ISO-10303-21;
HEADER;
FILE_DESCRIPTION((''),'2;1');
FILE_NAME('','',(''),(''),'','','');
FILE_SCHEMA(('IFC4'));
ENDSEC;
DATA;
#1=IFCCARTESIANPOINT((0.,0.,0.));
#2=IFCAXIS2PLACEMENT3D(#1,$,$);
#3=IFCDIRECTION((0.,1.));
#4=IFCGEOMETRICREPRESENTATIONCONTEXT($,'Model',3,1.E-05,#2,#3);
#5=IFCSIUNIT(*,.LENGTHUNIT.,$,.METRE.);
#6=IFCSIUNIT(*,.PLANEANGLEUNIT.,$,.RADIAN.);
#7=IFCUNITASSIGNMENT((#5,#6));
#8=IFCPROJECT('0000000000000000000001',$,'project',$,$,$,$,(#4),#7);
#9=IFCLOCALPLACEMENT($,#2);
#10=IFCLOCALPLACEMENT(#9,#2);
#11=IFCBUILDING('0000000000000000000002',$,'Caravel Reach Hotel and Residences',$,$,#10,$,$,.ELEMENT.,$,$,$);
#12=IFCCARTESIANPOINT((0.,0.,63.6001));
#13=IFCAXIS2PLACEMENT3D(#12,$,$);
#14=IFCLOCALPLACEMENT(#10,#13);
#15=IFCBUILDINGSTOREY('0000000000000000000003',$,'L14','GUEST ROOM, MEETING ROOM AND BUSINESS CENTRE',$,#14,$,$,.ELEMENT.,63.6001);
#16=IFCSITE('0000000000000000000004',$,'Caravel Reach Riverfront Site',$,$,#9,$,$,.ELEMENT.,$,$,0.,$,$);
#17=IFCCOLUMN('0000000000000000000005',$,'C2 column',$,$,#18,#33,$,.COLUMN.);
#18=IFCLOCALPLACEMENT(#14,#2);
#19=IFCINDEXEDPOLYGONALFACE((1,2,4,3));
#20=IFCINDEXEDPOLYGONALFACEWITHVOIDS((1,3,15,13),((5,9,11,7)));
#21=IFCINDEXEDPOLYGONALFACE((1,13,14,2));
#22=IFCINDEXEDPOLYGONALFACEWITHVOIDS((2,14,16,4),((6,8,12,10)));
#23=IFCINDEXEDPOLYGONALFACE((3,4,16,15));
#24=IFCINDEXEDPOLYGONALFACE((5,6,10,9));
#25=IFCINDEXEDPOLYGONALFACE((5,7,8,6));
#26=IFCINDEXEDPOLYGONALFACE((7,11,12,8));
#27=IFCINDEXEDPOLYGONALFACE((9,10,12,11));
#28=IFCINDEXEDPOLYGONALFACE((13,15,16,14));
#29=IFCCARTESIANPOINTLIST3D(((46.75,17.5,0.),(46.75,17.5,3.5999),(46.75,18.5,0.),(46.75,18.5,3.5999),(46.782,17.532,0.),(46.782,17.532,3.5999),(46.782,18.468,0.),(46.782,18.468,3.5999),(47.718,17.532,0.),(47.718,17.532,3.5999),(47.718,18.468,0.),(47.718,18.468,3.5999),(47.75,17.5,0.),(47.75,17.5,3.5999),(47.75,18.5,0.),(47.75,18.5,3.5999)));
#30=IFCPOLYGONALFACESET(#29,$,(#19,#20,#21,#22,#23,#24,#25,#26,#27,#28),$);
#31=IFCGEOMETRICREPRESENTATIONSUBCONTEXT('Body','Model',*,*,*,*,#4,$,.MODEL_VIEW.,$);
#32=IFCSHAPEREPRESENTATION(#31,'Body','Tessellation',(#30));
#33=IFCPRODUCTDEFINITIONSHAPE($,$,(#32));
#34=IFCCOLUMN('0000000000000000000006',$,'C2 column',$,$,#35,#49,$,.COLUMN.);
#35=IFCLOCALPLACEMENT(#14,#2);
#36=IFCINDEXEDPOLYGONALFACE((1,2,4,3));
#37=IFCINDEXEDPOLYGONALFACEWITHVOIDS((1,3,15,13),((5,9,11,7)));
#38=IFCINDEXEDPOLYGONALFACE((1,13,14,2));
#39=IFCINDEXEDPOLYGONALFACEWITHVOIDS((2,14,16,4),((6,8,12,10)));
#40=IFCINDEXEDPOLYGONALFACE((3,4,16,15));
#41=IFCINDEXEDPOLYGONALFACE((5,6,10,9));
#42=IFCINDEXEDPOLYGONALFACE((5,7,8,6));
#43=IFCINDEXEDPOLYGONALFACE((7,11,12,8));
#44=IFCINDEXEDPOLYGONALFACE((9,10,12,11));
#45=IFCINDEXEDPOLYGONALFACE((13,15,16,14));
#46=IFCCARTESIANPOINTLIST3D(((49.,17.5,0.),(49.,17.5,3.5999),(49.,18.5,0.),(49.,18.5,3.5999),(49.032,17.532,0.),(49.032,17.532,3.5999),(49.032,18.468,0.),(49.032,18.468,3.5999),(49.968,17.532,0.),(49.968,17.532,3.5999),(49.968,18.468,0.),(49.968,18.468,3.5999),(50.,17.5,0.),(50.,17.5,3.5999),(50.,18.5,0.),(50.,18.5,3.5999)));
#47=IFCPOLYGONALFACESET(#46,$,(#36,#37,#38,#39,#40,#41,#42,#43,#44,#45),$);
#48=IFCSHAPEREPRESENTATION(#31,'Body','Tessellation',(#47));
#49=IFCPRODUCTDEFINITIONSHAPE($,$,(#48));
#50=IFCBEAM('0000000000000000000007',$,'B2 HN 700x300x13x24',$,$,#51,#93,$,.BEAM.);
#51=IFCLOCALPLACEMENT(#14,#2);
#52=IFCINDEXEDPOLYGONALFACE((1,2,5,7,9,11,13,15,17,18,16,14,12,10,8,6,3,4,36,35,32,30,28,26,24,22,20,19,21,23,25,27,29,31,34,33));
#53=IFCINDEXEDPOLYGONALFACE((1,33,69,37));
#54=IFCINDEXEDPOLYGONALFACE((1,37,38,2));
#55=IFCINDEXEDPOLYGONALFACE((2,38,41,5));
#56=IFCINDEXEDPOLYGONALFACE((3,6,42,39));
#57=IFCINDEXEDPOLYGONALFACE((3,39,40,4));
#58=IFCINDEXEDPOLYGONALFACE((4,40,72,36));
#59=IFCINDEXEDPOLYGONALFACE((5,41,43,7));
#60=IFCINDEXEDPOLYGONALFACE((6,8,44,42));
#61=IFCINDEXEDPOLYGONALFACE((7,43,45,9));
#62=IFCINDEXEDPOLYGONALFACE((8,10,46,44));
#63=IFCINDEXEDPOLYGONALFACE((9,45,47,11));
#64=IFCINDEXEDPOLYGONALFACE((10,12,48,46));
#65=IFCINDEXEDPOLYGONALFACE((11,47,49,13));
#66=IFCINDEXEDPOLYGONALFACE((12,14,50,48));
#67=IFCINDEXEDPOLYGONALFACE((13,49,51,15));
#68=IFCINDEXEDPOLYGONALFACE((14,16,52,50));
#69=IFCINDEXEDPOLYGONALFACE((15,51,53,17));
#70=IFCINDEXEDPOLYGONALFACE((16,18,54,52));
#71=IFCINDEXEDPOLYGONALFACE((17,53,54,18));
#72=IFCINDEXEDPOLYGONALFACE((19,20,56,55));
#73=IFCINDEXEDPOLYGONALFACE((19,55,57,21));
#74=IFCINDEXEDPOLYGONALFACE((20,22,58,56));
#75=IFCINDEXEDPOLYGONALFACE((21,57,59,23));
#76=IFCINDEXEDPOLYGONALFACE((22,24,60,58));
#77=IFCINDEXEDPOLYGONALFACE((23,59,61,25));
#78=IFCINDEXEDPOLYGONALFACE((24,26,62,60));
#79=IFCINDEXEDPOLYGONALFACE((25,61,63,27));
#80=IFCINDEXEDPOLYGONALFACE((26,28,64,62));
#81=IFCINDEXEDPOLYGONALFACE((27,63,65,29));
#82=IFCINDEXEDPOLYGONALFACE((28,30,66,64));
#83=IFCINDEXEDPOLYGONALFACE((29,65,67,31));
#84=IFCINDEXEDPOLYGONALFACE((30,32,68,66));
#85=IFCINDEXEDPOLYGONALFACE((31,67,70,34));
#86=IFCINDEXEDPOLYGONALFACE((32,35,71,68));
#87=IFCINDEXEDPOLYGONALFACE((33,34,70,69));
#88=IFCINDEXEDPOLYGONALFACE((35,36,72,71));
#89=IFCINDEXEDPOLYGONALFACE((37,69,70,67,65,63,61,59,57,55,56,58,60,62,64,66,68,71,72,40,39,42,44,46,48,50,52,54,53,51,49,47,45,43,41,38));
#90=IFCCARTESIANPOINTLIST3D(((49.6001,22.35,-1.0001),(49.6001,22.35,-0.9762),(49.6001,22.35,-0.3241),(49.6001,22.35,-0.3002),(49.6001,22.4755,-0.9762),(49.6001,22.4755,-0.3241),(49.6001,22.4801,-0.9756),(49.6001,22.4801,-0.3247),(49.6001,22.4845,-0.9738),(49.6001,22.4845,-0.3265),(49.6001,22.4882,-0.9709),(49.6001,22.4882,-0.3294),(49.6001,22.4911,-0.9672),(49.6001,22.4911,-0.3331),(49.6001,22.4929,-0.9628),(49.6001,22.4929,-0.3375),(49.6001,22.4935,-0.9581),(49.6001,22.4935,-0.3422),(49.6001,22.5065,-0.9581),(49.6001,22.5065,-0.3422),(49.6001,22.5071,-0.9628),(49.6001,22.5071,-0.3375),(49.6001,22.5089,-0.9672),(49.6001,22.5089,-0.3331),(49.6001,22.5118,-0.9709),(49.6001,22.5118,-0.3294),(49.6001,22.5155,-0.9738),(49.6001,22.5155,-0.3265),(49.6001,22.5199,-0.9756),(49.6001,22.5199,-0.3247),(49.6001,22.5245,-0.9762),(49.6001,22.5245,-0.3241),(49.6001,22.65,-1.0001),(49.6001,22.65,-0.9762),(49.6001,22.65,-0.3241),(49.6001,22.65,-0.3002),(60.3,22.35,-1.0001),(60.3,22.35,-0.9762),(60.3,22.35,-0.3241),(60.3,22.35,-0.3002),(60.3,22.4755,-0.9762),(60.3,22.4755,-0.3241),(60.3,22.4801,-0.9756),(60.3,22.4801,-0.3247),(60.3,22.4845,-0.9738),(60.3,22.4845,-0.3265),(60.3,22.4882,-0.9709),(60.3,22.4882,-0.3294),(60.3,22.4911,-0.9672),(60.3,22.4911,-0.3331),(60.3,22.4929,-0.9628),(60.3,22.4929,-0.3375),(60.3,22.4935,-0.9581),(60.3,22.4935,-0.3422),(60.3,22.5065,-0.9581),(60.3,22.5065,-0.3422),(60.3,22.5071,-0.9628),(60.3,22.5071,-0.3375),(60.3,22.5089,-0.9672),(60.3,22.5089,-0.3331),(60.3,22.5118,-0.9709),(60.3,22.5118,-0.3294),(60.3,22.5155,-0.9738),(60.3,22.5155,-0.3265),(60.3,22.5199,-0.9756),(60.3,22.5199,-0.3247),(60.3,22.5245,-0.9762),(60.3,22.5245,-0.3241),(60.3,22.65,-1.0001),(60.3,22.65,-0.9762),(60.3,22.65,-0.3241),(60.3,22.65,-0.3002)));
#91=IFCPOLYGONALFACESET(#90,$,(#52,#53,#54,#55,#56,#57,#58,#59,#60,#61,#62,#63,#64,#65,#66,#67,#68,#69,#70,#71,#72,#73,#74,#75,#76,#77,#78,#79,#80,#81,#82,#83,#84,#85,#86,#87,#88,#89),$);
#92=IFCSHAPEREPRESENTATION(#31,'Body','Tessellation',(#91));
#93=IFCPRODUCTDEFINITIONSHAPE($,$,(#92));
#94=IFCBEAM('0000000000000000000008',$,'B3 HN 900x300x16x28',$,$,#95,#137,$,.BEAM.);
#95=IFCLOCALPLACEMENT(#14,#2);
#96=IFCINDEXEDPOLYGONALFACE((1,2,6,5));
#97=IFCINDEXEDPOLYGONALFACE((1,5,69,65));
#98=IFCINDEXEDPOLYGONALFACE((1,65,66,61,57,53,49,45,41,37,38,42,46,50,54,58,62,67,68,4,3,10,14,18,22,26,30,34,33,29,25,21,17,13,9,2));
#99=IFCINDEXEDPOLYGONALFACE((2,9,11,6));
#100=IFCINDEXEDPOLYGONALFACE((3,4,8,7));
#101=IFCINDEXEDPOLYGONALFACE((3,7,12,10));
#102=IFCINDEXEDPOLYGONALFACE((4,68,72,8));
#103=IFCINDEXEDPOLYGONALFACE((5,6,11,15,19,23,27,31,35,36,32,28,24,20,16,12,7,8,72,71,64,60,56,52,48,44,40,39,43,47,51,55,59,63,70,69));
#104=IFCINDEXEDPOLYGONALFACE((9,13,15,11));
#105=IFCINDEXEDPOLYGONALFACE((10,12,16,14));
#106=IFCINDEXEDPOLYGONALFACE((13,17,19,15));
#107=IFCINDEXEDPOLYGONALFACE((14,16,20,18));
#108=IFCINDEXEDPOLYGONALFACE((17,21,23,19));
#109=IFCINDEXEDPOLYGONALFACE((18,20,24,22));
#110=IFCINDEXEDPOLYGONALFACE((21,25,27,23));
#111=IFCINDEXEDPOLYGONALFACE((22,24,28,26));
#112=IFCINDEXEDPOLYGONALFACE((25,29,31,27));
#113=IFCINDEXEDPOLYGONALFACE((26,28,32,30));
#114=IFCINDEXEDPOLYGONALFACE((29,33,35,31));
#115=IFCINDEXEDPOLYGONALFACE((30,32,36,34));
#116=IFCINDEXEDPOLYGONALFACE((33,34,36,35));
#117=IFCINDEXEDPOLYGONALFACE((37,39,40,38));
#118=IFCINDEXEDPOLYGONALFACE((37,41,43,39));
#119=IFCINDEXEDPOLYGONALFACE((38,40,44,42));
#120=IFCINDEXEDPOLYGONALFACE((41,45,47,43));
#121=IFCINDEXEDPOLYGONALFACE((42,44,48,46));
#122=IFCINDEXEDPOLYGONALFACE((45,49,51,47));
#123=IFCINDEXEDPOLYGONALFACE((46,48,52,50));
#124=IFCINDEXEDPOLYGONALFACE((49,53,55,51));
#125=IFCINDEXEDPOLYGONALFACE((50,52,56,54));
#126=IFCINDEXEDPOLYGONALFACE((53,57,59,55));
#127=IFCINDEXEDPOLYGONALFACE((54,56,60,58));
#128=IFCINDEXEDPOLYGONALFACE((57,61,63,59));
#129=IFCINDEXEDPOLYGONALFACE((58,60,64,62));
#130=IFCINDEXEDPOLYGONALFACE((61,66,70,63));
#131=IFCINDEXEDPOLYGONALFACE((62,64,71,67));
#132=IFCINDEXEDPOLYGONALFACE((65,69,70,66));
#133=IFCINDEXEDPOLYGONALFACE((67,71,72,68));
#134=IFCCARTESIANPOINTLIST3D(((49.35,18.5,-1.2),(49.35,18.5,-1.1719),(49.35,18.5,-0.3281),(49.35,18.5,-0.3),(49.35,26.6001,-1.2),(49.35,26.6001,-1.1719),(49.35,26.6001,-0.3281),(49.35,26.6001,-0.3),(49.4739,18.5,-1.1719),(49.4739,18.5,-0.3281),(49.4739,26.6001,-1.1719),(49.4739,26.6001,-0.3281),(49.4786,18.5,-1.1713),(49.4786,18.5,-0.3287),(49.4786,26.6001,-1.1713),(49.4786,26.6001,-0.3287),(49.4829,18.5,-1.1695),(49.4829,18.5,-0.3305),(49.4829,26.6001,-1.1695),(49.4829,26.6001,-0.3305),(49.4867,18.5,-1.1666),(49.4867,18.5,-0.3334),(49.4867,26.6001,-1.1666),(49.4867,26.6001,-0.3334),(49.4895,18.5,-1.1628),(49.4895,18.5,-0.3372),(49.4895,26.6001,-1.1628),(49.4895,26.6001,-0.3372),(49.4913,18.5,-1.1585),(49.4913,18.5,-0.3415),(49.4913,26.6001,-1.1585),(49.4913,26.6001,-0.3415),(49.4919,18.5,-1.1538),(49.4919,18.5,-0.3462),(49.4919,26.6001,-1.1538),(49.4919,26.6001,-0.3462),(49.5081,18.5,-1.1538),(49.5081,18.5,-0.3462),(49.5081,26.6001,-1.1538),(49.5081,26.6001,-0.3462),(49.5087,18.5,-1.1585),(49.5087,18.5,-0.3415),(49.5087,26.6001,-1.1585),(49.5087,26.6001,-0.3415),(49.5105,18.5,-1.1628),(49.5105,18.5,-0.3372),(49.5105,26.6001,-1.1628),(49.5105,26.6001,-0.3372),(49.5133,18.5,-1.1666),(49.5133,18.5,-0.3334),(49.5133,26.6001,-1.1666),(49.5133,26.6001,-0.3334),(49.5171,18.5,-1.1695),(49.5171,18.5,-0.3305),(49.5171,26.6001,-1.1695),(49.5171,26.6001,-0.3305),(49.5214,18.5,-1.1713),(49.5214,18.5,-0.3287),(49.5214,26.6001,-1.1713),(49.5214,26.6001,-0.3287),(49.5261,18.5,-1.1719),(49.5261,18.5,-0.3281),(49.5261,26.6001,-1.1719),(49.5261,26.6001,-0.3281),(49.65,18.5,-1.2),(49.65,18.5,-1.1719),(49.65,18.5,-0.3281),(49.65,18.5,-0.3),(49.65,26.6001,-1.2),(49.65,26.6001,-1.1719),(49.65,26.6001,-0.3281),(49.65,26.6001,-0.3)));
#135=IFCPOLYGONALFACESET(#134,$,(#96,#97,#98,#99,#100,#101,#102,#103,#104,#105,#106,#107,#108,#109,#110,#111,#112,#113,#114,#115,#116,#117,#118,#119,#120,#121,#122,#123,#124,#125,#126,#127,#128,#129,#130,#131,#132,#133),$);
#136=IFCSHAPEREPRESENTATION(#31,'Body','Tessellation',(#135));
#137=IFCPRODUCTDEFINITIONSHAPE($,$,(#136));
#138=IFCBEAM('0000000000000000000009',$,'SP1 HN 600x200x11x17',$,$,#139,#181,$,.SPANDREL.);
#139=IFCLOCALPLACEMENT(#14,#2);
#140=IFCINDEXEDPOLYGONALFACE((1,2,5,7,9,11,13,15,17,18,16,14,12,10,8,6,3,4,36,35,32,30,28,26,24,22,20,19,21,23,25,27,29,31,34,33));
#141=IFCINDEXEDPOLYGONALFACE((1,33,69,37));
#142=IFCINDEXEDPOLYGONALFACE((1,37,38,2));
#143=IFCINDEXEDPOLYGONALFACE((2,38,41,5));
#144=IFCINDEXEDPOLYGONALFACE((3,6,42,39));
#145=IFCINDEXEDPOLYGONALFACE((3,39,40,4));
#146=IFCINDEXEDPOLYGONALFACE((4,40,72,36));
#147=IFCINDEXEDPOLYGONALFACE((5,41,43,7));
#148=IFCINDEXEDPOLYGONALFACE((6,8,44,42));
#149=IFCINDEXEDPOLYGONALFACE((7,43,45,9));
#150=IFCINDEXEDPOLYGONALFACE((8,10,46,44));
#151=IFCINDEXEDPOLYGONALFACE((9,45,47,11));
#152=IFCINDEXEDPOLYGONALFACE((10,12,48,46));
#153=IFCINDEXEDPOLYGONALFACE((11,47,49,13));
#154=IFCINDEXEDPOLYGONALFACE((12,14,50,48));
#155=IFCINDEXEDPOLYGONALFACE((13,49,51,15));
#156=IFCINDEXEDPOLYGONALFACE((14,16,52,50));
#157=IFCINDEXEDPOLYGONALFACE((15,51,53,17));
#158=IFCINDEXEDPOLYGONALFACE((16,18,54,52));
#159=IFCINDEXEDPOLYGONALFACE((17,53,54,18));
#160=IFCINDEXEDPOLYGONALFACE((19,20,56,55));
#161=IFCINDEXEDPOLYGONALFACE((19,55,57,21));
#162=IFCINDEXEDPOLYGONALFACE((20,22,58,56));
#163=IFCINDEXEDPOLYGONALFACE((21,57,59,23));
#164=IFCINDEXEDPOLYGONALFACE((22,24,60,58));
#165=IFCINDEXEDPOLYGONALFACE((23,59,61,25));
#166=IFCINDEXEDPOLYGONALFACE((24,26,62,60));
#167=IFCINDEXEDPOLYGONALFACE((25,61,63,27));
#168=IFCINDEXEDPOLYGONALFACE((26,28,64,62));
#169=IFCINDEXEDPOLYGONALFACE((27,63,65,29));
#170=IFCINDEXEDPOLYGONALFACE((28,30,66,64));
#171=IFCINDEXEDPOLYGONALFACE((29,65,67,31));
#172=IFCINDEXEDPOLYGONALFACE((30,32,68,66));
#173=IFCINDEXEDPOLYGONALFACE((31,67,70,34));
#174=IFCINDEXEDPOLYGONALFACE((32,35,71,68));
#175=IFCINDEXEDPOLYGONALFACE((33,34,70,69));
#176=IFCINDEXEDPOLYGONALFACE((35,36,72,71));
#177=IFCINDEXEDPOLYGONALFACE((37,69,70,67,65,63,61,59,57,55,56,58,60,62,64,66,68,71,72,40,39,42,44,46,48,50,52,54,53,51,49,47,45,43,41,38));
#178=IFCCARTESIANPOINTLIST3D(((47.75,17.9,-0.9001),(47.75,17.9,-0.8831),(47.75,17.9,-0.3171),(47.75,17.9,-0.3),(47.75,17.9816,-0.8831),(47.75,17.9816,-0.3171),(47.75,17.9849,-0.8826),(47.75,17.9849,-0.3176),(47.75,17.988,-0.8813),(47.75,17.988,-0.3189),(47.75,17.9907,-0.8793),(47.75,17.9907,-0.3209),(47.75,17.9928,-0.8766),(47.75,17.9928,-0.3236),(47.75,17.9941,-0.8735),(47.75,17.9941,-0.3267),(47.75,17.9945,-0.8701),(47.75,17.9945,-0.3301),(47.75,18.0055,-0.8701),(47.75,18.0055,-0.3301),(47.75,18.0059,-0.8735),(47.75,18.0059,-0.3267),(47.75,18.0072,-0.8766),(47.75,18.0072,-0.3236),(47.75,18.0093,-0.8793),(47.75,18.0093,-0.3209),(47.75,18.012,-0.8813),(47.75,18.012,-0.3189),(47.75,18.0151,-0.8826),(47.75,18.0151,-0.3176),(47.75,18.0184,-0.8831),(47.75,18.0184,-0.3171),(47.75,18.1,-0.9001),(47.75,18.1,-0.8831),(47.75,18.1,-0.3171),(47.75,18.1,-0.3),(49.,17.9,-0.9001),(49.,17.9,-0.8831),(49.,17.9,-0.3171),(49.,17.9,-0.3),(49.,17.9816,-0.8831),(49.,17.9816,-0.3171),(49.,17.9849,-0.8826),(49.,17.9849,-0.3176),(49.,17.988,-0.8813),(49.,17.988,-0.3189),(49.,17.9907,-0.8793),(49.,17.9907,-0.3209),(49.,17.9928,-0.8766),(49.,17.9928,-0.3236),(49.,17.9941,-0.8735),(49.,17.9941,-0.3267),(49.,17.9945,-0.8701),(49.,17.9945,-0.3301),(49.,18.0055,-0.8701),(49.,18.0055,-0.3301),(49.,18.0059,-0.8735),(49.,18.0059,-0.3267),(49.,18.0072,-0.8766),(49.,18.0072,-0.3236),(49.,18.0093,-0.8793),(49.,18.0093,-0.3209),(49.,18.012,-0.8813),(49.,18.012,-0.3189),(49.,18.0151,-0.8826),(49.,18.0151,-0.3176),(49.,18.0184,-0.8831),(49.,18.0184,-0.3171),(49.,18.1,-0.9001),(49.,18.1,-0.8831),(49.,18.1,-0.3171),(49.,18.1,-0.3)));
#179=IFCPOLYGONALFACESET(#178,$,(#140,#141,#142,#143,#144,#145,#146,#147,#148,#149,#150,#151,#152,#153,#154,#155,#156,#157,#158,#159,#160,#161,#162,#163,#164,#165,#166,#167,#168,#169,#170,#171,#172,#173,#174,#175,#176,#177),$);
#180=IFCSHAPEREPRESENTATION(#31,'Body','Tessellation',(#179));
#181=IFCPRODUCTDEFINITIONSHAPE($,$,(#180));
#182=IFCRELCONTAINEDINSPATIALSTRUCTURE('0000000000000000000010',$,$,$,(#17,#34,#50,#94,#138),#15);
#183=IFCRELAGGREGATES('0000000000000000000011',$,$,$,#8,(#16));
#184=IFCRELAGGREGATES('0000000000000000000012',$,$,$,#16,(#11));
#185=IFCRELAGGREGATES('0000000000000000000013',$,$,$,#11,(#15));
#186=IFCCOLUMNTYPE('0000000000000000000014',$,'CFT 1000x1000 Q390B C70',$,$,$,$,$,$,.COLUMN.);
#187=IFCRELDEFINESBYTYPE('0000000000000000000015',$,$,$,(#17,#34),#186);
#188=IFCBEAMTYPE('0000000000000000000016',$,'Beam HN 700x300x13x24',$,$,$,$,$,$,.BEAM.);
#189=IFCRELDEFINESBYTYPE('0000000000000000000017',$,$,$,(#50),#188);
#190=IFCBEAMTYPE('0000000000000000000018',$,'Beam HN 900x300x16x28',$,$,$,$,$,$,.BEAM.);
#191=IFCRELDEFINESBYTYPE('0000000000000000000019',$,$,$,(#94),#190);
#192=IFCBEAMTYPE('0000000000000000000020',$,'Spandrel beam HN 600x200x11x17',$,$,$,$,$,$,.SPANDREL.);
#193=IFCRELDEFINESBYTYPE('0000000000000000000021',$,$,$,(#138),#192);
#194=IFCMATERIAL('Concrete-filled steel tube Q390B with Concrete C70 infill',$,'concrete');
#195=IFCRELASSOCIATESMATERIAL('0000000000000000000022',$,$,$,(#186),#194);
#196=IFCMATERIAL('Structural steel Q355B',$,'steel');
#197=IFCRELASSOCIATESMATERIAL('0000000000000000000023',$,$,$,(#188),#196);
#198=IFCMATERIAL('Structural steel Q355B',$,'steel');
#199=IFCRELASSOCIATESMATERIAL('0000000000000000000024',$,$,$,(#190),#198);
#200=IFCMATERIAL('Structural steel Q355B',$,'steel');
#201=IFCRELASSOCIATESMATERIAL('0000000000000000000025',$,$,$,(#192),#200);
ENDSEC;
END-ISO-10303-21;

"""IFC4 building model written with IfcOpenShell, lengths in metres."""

from ifc_helpers import new_model, si_unit, direction, frame, origin, origin_2d, place, context, subcontext, project, spatial, hollow_rectangle, i_section, extrude, material, material_profile, profile_set, type_object, element, save


model = new_model("IFC4")

# Units and contexts
model_context = context("Model", 3, precision=1e-05, world=origin(), true_north=direction((0.0, 1.0)))
body_context = subcontext(model_context, "Body", "Model", "MODEL_VIEW")
ifc_project = project(units=[si_unit("LENGTHUNIT", "METRE"), si_unit("PLANEANGLEUNIT", "RADIAN")], contexts=[model_context])

# Site, building, storey
site_placement = place(None, origin())
site = spatial("IfcSite", under=ifc_project, at=site_placement, Name="Caravel Reach Riverfront Site", CompositionType="ELEMENT", RefElevation=0.0)
building_placement = place(site_placement, origin())
building = spatial("IfcBuilding", under=site, at=building_placement, Name="Caravel Reach Hotel and Residences", CompositionType="ELEMENT")
storey_placement = place(building_placement, frame((0.0, 0.0, 63.6001)))
storey = spatial("IfcBuildingStorey", under=building, at=storey_placement, Name="L14", Description="GUEST ROOM, MEETING ROOM AND BUSINESS CENTRE", CompositionType="ELEMENT", Elevation=63.6001)

# Columns
ifc_material_1 = material(Name="Concrete-filled steel tube Q390B with Concrete C70 infill", Category="concrete")
ifc_material_profile_1 = material_profile(ifc_material_1, hollow_rectangle(XDim=1.0, YDim=1.0, WallThickness=0.032, at=origin_2d()), Name="RHS 1000x1000x32")
ifc_profile_set_1 = profile_set([ifc_material_profile_1], Name="Concrete-filled steel tube Q390B with Concrete C70 infill")
column_type = type_object("IfcColumnType", Name="CFT 1000x1000 Q390B C70", PredefinedType="COLUMN", material=ifc_profile_set_1)
for number, where, z_axis, x_axis, name in (
    (1, (47.25, 18.0, 0.0), (0.0, 0.0, 1.0), (1.0, 0.0, 0.0), "C2 column"),
    (2, (49.5, 18.0, 0.0), (0.0, 0.0, 1.0), (1.0, 0.0, 0.0), "C2 column"),
):
    element("IfcColumn", number, at=place(storey_placement, frame(where, z_axis=z_axis, x_axis=x_axis)), inside=storey, type_object=column_type, Name=name, PredefinedType="COLUMN", context=body_context, shape_type="SweptSolid", body=[
        extrude(hollow_rectangle(XDim=1.0, YDim=1.0, WallThickness=0.032, at=origin_2d()), origin(), (0.0, 0.0, 1.0), 3.5999),
    ])

# Beams
ifc_material_2 = material(Name="Structural steel Q355B", Category="steel")
ifc_material_profile_2 = material_profile(ifc_material_2, i_section(OverallWidth=0.3, OverallDepth=0.7, WebThickness=0.0129, FlangeThickness=0.0239, FilletRadius=0.0181, at=origin_2d()), Name="HN 700x300x13x24")
ifc_profile_set_2 = profile_set([ifc_material_profile_2], Name="Structural steel Q355B")
beam_type_1 = type_object("IfcBeamType", Name="Beam HN 700x300x13x24", PredefinedType="BEAM", material=ifc_profile_set_2)
beam_1_placement = place(storey_placement, frame((49.6001, 22.5, -0.6501), z_axis=(1.0, 0.0, 0.0), x_axis=(0.0, 1.0, 0.0)))
element("IfcBeam", 3, at=beam_1_placement, inside=storey, type_object=beam_type_1, Name="B2 HN 700x300x13x24", PredefinedType="BEAM", context=body_context, shape_type="SweptSolid", body=[
    extrude(i_section(OverallWidth=0.3, OverallDepth=0.7, WebThickness=0.0129, FlangeThickness=0.0239, FilletRadius=0.0181, at=origin_2d()), origin(), (0.0, 0.0, 1.0), 10.7),
])
ifc_material_3 = material(Name="Structural steel Q355B", Category="steel")
ifc_material_profile_3 = material_profile(ifc_material_3, i_section(OverallWidth=0.3, OverallDepth=0.8999, WebThickness=0.0161, FlangeThickness=0.0281, FilletRadius=0.0181, at=origin_2d()), Name="HN 900x300x16x28")
ifc_profile_set_3 = profile_set([ifc_material_profile_3], Name="Structural steel Q355B")
beam_type_2 = type_object("IfcBeamType", Name="Beam HN 900x300x16x28", PredefinedType="BEAM", material=ifc_profile_set_3)
beam_2_placement = place(storey_placement, frame((49.5, 18.5, -0.75), z_axis=(0.0, 1.0, 0.0), x_axis=(-1.0, 0.0, 0.0)))
element("IfcBeam", 4, at=beam_2_placement, inside=storey, type_object=beam_type_2, Name="B3 HN 900x300x16x28", PredefinedType="BEAM", context=body_context, shape_type="SweptSolid", body=[
    extrude(i_section(OverallWidth=0.3, OverallDepth=0.8999, WebThickness=0.0161, FlangeThickness=0.0281, FilletRadius=0.0181, at=origin_2d()), origin(), (0.0, 0.0, 1.0), 8.1001),
])
ifc_material_4 = material(Name="Structural steel Q355B", Category="steel")
ifc_material_profile_4 = material_profile(ifc_material_4, i_section(OverallWidth=0.2, OverallDepth=0.6001, WebThickness=0.011, FlangeThickness=0.0171, FilletRadius=0.0129, at=origin_2d()), Name="HN 600x200x11x17")
ifc_profile_set_4 = profile_set([ifc_material_profile_4], Name="Structural steel Q355B")
beam_type_3 = type_object("IfcBeamType", Name="Spandrel beam HN 600x200x11x17", PredefinedType="SPANDREL", material=ifc_profile_set_4)
beam_3_placement = place(storey_placement, frame((47.75, 18.0, -0.6001), z_axis=(1.0, 0.0, 0.0), x_axis=(0.0, 1.0, 0.0)))
element("IfcBeam", 5, at=beam_3_placement, inside=storey, type_object=beam_type_3, Name="SP1 HN 600x200x11x17", PredefinedType="SPANDREL", context=body_context, shape_type="SweptSolid", body=[
    extrude(i_section(OverallWidth=0.2, OverallDepth=0.6001, WebThickness=0.011, FlangeThickness=0.0171, FilletRadius=0.0129, at=origin_2d()), origin(), (0.0, 0.0, 1.0), 1.25),
])

save(model, "model.ifc")
